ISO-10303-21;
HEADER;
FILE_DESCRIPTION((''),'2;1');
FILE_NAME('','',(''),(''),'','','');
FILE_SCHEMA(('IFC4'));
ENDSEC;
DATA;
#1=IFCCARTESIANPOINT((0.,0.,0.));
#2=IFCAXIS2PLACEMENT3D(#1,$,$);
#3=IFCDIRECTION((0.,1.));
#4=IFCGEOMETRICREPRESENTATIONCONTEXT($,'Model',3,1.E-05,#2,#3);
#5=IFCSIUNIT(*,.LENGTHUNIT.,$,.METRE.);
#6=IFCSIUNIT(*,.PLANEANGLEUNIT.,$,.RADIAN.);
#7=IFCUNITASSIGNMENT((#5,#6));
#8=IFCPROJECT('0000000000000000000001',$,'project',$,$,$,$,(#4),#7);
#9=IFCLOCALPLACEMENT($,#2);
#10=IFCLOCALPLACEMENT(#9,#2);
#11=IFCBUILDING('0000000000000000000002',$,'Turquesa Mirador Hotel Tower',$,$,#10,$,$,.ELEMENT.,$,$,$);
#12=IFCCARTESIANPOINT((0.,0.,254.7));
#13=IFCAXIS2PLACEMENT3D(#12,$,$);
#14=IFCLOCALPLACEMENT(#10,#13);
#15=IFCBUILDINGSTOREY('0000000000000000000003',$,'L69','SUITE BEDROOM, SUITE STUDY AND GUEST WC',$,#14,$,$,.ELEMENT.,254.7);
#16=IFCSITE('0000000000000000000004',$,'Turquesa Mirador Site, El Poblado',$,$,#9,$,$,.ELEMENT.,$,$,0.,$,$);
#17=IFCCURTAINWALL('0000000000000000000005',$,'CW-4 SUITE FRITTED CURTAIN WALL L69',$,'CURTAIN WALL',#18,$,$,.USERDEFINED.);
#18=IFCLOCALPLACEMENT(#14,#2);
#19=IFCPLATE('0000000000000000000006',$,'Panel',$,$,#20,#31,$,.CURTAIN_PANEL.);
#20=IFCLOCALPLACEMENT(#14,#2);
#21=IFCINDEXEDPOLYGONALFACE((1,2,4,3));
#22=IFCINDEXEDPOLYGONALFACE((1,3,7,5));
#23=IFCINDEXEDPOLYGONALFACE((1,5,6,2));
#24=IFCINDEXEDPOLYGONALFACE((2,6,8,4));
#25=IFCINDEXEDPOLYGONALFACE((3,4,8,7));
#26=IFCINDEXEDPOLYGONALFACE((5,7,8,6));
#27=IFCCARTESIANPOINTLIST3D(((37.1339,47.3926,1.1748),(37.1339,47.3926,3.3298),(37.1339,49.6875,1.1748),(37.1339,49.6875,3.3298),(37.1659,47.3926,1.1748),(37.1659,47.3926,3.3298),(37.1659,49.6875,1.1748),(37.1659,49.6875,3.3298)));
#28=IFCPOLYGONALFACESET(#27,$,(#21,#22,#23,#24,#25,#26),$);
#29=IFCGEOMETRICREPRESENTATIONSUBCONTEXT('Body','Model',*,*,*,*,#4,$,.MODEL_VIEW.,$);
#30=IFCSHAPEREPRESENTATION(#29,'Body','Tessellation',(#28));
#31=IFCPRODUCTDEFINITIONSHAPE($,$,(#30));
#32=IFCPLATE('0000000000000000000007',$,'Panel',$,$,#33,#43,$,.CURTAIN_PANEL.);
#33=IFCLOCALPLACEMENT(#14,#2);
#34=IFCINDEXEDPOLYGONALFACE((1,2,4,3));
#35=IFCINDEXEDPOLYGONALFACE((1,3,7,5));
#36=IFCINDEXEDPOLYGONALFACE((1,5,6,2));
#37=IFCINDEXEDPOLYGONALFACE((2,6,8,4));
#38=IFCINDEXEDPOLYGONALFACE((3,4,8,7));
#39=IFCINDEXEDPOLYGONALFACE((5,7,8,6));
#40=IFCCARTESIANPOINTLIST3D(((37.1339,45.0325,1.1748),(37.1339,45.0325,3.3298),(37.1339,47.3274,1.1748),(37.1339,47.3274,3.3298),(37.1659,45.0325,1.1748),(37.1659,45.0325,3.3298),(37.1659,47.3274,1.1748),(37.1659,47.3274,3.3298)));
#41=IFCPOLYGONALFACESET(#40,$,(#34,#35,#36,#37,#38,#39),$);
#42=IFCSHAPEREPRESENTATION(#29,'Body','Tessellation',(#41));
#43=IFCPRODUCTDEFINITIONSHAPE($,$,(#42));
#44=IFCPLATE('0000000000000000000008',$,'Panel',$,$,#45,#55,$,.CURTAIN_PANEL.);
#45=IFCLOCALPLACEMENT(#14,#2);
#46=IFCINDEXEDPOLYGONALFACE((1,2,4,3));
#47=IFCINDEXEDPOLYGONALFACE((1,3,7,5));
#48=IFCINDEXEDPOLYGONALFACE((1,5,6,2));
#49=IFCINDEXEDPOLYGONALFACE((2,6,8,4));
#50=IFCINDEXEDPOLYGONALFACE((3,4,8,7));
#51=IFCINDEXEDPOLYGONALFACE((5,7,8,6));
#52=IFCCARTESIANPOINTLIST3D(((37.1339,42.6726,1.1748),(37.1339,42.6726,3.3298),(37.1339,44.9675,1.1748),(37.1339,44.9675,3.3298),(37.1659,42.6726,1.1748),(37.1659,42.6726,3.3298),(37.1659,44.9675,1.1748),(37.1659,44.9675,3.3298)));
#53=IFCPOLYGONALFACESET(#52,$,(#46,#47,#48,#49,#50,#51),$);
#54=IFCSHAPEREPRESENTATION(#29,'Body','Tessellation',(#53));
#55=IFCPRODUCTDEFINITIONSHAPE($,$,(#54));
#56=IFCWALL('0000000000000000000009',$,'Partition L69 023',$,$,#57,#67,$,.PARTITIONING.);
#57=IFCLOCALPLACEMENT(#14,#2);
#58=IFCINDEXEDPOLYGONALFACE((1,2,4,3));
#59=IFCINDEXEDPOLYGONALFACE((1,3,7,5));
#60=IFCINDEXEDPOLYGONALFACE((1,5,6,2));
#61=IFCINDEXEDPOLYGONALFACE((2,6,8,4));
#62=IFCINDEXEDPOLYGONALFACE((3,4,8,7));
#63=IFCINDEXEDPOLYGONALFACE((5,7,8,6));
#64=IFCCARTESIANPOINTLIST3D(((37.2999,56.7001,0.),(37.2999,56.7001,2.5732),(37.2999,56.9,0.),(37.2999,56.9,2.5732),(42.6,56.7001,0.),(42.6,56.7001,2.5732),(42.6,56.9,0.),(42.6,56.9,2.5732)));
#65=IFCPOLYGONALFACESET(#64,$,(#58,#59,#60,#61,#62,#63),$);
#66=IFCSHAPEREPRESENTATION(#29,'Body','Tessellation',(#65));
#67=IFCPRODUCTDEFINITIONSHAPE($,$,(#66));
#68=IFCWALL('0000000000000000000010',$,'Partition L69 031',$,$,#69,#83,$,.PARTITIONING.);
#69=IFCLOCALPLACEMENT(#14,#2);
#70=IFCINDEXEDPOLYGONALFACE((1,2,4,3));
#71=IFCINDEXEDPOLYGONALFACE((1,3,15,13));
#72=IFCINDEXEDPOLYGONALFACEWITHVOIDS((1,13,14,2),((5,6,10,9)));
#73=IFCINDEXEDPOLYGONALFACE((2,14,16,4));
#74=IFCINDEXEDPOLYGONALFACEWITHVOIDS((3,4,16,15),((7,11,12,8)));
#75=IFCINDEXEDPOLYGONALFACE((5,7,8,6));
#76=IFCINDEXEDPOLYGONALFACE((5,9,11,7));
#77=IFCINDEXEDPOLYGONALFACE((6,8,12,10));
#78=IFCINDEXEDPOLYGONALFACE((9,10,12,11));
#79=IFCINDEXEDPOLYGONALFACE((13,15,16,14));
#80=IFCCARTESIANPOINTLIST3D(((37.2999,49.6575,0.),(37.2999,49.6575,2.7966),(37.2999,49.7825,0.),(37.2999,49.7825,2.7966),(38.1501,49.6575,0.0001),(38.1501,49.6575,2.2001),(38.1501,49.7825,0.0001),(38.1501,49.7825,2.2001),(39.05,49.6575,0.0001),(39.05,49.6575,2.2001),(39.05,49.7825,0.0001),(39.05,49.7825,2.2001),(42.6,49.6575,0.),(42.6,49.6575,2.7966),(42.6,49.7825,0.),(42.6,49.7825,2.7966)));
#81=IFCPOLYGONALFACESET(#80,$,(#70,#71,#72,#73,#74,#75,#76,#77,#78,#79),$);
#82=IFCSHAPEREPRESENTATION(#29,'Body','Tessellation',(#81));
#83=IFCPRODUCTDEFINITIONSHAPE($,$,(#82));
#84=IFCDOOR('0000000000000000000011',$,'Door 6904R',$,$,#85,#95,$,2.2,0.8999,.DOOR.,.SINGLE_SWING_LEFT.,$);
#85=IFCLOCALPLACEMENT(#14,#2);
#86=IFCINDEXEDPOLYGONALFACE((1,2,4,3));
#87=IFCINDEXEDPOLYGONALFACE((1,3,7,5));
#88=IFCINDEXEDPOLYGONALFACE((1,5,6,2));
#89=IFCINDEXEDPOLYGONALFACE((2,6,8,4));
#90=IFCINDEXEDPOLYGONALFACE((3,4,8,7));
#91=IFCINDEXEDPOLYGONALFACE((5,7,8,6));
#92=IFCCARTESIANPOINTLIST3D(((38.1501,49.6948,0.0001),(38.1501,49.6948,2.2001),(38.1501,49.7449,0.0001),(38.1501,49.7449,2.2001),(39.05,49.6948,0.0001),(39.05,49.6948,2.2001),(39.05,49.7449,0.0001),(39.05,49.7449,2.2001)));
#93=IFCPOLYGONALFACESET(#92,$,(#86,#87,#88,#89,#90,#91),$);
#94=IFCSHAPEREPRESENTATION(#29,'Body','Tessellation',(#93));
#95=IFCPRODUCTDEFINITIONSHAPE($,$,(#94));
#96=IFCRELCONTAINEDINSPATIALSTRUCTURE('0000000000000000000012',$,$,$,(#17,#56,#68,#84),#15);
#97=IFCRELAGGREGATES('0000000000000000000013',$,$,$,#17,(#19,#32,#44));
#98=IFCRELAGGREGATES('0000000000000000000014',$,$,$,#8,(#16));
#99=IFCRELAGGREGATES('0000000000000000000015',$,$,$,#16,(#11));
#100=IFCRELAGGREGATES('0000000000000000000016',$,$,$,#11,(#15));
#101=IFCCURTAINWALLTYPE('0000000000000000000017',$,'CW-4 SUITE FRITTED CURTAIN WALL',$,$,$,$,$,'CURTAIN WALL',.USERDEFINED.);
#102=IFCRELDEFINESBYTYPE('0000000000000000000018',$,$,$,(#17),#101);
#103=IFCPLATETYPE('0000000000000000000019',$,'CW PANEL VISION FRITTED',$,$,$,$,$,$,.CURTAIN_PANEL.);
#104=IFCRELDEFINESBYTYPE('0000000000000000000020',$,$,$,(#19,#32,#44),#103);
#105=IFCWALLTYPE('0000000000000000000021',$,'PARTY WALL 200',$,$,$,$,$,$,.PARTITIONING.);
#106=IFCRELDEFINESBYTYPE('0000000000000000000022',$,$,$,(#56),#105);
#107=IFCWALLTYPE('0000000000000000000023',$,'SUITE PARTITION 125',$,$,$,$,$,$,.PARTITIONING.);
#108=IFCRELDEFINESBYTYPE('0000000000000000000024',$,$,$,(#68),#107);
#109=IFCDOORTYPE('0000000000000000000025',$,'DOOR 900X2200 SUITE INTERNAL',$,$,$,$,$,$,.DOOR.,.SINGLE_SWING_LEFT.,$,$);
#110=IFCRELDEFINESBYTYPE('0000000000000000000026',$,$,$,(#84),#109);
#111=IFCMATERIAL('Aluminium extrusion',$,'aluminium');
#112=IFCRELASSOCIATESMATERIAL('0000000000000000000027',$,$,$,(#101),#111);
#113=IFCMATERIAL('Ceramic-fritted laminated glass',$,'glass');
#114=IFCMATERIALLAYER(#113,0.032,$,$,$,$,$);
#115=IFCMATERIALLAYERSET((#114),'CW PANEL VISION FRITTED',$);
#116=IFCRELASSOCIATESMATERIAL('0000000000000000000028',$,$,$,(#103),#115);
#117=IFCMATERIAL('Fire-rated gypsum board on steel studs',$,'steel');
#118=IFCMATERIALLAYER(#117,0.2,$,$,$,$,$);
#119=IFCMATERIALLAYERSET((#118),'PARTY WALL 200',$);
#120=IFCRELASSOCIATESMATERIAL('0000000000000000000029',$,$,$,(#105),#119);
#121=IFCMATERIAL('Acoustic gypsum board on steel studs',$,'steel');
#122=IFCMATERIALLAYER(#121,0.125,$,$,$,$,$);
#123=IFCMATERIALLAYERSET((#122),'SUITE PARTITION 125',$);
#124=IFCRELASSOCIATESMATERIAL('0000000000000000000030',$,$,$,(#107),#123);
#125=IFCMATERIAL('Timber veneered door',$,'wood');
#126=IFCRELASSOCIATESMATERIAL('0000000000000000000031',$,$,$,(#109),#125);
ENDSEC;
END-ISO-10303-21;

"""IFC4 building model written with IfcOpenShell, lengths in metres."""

from ifc_helpers import new_model, si_unit, direction, frame, frame_2d, origin, origin_2d, place, context, subcontext, project, spatial, rectangle, extrude, material, layer, layer_set, type_object, element, fill, aggregate, save


model = new_model("IFC4")

# Units and contexts
model_context = context("Model", 3, precision=1e-05, world=origin(), true_north=direction((0.0, 1.0)))
body_context = subcontext(model_context, "Body", "Model", "MODEL_VIEW")
ifc_project = project(units=[si_unit("LENGTHUNIT", "METRE"), si_unit("PLANEANGLEUNIT", "RADIAN")], contexts=[model_context])

# Site, building, storey
site_placement = place(None, origin())
site = spatial("IfcSite", under=ifc_project, at=site_placement, Name="Turquesa Mirador Site, El Poblado", CompositionType="ELEMENT", RefElevation=0.0)
building_placement = place(site_placement, origin())
building = spatial("IfcBuilding", under=site, at=building_placement, Name="Turquesa Mirador Hotel Tower", CompositionType="ELEMENT")
storey_placement = place(building_placement, frame((0.0, 0.0, 254.7)))
storey = spatial("IfcBuildingStorey", under=building, at=storey_placement, Name="L69", Description="SUITE BEDROOM, SUITE STUDY AND GUEST WC", CompositionType="ELEMENT", Elevation=254.7)

# Curtain wall
ifc_material_1 = material(Name="Aluminium extrusion", Category="aluminium")
curtain_wall_type = type_object("IfcCurtainWallType", Name="CW-4 SUITE FRITTED CURTAIN WALL", ElementType="CURTAIN WALL", PredefinedType="USERDEFINED", material=ifc_material_1)
curtain_wall_1_placement = place(storey_placement, origin())
curtain_wall_1 = element("IfcCurtainWall", 1, at=curtain_wall_1_placement, inside=storey, type_object=curtain_wall_type, Name="CW-4 SUITE FRITTED CURTAIN WALL L69", ObjectType="CURTAIN WALL", PredefinedType="USERDEFINED")

# Plates
ifc_material_2 = material(Name="Ceramic-fritted laminated glass", Category="glass")
ifc_layer_1 = layer(ifc_material_2, 0.032)
ifc_layer_set_1 = layer_set([ifc_layer_1], Name="CW PANEL VISION FRITTED")
plate_type_1 = type_object("IfcPlateType", Name="CW PANEL VISION FRITTED", PredefinedType="CURTAIN_PANEL", material=ifc_layer_set_1)
plate_1_placement = place(storey_placement, frame((37.1499, 48.54, 1.1748), z_axis=(0.0, 0.0, 1.0), x_axis=(0.0, -1.0, 0.0)))
plate_1 = element("IfcPlate", 2, at=plate_1_placement, type_object=plate_type_1, Name="Panel", PredefinedType="CURTAIN_PANEL", context=body_context, shape_type="SweptSolid", body=[
    extrude(rectangle(XDim=2.2949, YDim=0.032, at=origin_2d()), origin(), (0.0, 0.0, 1.0), 2.155),
])
plate_2_placement = place(storey_placement, frame((37.1499, 46.1799, 1.1748), z_axis=(0.0, 0.0, 1.0), x_axis=(0.0, -1.0, 0.0)))
plate_2 = element("IfcPlate", 3, at=plate_2_placement, type_object=plate_type_1, Name="Panel", PredefinedType="CURTAIN_PANEL", context=body_context, shape_type="SweptSolid", body=[
    extrude(rectangle(XDim=2.2949, YDim=0.032, at=origin_2d()), origin(), (0.0, 0.0, 1.0), 2.155),
])
plate_3_placement = place(storey_placement, frame((37.1499, 43.8201, 1.1748), z_axis=(0.0, 0.0, 1.0), x_axis=(0.0, -1.0, 0.0)))
plate_3 = element("IfcPlate", 4, at=plate_3_placement, type_object=plate_type_1, Name="Panel", PredefinedType="CURTAIN_PANEL", context=body_context, shape_type="SweptSolid", body=[
    extrude(rectangle(XDim=2.2949, YDim=0.032, at=origin_2d()), origin(), (0.0, 0.0, 1.0), 2.155),
])
aggregate(curtain_wall_1, [plate_1, plate_2, plate_3])

# Wall
ifc_material_3 = material(Name="Fire-rated gypsum board on steel studs", Category="steel")
ifc_layer_2 = layer(ifc_material_3, 0.2)
ifc_layer_set_2 = layer_set([ifc_layer_2], Name="PARTY WALL 200")
wall_type_1 = type_object("IfcWallType", Name="PARTY WALL 200", PredefinedType="PARTITIONING", material=ifc_layer_set_2)
wall_1_placement = place(storey_placement, frame((37.3, 56.8, 0.0), z_axis=(0.0, 0.0, 1.0), x_axis=(1.0, 0.0, 0.0)))
element("IfcWall", 5, at=wall_1_placement, inside=storey, type_object=wall_type_1, Name="Partition L69 023", PredefinedType="PARTITIONING", context=body_context, shape_type="SweptSolid", body=[
    extrude(rectangle(XDim=5.3, YDim=0.2, at=frame_2d((2.6499, 0.0))), origin(), (0.0, 0.0, 1.0), 2.5732),
])

# Wall, opening, door
ifc_material_4 = material(Name="Acoustic gypsum board on steel studs", Category="steel")
ifc_layer_3 = layer(ifc_material_4, 0.125)
ifc_layer_set_3 = layer_set([ifc_layer_3], Name="SUITE PARTITION 125")
wall_type_2 = type_object("IfcWallType", Name="SUITE PARTITION 125", PredefinedType="PARTITIONING", material=ifc_layer_set_3)
wall_2_placement = place(storey_placement, frame((37.3, 49.72, 0.0), z_axis=(0.0, 0.0, 1.0), x_axis=(1.0, 0.0, 0.0)))
wall_2 = element("IfcWall", 6, at=wall_2_placement, inside=storey, type_object=wall_type_2, Name="Partition L69 031", PredefinedType="PARTITIONING", context=body_context, shape_type="SweptSolid", body=[
    extrude(rectangle(XDim=5.3, YDim=0.125, at=frame_2d((2.6499, 0.0))), origin(), (0.0, 0.0, 1.0), 2.7966),
])
opening_placement = place(wall_2_placement, frame((0.8501, 0.0, 0.0)))
opening = element("IfcOpeningElement", 7, at=opening_placement, cuts=wall_2, PredefinedType="OPENING", context=body_context, shape_type="SweptSolid", body=[
    extrude(rectangle(XDim=0.8999, YDim=2.2, at=frame_2d((0.45, 1.1001))), frame((0.0, 0.0725, 0.0), z_axis=(0.0, -1.0, 0.0), x_axis=(1.0, 0.0, 0.0)), (0.0, 0.0, 1.0), 0.145),
])
ifc_material_5 = material(Name="Timber veneered door", Category="wood")
door_type = type_object("IfcDoorType", Name="DOOR 900X2200 SUITE INTERNAL", OperationType="SINGLE_SWING_LEFT", PredefinedType="DOOR", material=ifc_material_5)
door_placement = place(opening_placement, origin())
door = element("IfcDoor", 8, at=door_placement, inside=storey, type_object=door_type, Name="Door 6904R", OperationType="SINGLE_SWING_LEFT", OverallHeight=2.2, OverallWidth=0.8999, PredefinedType="DOOR", context=body_context, shape_type="SweptSolid", body=[
    extrude(rectangle(XDim=0.8999, YDim=2.2, at=frame_2d((0.45, 1.1001))), frame((0.0, 0.0249, 0.0), z_axis=(0.0, -1.0, 0.0), x_axis=(1.0, 0.0, 0.0)), (0.0, 0.0, 1.0), 0.05),
])
fill(opening, door)

save(model, "model.ifc")
